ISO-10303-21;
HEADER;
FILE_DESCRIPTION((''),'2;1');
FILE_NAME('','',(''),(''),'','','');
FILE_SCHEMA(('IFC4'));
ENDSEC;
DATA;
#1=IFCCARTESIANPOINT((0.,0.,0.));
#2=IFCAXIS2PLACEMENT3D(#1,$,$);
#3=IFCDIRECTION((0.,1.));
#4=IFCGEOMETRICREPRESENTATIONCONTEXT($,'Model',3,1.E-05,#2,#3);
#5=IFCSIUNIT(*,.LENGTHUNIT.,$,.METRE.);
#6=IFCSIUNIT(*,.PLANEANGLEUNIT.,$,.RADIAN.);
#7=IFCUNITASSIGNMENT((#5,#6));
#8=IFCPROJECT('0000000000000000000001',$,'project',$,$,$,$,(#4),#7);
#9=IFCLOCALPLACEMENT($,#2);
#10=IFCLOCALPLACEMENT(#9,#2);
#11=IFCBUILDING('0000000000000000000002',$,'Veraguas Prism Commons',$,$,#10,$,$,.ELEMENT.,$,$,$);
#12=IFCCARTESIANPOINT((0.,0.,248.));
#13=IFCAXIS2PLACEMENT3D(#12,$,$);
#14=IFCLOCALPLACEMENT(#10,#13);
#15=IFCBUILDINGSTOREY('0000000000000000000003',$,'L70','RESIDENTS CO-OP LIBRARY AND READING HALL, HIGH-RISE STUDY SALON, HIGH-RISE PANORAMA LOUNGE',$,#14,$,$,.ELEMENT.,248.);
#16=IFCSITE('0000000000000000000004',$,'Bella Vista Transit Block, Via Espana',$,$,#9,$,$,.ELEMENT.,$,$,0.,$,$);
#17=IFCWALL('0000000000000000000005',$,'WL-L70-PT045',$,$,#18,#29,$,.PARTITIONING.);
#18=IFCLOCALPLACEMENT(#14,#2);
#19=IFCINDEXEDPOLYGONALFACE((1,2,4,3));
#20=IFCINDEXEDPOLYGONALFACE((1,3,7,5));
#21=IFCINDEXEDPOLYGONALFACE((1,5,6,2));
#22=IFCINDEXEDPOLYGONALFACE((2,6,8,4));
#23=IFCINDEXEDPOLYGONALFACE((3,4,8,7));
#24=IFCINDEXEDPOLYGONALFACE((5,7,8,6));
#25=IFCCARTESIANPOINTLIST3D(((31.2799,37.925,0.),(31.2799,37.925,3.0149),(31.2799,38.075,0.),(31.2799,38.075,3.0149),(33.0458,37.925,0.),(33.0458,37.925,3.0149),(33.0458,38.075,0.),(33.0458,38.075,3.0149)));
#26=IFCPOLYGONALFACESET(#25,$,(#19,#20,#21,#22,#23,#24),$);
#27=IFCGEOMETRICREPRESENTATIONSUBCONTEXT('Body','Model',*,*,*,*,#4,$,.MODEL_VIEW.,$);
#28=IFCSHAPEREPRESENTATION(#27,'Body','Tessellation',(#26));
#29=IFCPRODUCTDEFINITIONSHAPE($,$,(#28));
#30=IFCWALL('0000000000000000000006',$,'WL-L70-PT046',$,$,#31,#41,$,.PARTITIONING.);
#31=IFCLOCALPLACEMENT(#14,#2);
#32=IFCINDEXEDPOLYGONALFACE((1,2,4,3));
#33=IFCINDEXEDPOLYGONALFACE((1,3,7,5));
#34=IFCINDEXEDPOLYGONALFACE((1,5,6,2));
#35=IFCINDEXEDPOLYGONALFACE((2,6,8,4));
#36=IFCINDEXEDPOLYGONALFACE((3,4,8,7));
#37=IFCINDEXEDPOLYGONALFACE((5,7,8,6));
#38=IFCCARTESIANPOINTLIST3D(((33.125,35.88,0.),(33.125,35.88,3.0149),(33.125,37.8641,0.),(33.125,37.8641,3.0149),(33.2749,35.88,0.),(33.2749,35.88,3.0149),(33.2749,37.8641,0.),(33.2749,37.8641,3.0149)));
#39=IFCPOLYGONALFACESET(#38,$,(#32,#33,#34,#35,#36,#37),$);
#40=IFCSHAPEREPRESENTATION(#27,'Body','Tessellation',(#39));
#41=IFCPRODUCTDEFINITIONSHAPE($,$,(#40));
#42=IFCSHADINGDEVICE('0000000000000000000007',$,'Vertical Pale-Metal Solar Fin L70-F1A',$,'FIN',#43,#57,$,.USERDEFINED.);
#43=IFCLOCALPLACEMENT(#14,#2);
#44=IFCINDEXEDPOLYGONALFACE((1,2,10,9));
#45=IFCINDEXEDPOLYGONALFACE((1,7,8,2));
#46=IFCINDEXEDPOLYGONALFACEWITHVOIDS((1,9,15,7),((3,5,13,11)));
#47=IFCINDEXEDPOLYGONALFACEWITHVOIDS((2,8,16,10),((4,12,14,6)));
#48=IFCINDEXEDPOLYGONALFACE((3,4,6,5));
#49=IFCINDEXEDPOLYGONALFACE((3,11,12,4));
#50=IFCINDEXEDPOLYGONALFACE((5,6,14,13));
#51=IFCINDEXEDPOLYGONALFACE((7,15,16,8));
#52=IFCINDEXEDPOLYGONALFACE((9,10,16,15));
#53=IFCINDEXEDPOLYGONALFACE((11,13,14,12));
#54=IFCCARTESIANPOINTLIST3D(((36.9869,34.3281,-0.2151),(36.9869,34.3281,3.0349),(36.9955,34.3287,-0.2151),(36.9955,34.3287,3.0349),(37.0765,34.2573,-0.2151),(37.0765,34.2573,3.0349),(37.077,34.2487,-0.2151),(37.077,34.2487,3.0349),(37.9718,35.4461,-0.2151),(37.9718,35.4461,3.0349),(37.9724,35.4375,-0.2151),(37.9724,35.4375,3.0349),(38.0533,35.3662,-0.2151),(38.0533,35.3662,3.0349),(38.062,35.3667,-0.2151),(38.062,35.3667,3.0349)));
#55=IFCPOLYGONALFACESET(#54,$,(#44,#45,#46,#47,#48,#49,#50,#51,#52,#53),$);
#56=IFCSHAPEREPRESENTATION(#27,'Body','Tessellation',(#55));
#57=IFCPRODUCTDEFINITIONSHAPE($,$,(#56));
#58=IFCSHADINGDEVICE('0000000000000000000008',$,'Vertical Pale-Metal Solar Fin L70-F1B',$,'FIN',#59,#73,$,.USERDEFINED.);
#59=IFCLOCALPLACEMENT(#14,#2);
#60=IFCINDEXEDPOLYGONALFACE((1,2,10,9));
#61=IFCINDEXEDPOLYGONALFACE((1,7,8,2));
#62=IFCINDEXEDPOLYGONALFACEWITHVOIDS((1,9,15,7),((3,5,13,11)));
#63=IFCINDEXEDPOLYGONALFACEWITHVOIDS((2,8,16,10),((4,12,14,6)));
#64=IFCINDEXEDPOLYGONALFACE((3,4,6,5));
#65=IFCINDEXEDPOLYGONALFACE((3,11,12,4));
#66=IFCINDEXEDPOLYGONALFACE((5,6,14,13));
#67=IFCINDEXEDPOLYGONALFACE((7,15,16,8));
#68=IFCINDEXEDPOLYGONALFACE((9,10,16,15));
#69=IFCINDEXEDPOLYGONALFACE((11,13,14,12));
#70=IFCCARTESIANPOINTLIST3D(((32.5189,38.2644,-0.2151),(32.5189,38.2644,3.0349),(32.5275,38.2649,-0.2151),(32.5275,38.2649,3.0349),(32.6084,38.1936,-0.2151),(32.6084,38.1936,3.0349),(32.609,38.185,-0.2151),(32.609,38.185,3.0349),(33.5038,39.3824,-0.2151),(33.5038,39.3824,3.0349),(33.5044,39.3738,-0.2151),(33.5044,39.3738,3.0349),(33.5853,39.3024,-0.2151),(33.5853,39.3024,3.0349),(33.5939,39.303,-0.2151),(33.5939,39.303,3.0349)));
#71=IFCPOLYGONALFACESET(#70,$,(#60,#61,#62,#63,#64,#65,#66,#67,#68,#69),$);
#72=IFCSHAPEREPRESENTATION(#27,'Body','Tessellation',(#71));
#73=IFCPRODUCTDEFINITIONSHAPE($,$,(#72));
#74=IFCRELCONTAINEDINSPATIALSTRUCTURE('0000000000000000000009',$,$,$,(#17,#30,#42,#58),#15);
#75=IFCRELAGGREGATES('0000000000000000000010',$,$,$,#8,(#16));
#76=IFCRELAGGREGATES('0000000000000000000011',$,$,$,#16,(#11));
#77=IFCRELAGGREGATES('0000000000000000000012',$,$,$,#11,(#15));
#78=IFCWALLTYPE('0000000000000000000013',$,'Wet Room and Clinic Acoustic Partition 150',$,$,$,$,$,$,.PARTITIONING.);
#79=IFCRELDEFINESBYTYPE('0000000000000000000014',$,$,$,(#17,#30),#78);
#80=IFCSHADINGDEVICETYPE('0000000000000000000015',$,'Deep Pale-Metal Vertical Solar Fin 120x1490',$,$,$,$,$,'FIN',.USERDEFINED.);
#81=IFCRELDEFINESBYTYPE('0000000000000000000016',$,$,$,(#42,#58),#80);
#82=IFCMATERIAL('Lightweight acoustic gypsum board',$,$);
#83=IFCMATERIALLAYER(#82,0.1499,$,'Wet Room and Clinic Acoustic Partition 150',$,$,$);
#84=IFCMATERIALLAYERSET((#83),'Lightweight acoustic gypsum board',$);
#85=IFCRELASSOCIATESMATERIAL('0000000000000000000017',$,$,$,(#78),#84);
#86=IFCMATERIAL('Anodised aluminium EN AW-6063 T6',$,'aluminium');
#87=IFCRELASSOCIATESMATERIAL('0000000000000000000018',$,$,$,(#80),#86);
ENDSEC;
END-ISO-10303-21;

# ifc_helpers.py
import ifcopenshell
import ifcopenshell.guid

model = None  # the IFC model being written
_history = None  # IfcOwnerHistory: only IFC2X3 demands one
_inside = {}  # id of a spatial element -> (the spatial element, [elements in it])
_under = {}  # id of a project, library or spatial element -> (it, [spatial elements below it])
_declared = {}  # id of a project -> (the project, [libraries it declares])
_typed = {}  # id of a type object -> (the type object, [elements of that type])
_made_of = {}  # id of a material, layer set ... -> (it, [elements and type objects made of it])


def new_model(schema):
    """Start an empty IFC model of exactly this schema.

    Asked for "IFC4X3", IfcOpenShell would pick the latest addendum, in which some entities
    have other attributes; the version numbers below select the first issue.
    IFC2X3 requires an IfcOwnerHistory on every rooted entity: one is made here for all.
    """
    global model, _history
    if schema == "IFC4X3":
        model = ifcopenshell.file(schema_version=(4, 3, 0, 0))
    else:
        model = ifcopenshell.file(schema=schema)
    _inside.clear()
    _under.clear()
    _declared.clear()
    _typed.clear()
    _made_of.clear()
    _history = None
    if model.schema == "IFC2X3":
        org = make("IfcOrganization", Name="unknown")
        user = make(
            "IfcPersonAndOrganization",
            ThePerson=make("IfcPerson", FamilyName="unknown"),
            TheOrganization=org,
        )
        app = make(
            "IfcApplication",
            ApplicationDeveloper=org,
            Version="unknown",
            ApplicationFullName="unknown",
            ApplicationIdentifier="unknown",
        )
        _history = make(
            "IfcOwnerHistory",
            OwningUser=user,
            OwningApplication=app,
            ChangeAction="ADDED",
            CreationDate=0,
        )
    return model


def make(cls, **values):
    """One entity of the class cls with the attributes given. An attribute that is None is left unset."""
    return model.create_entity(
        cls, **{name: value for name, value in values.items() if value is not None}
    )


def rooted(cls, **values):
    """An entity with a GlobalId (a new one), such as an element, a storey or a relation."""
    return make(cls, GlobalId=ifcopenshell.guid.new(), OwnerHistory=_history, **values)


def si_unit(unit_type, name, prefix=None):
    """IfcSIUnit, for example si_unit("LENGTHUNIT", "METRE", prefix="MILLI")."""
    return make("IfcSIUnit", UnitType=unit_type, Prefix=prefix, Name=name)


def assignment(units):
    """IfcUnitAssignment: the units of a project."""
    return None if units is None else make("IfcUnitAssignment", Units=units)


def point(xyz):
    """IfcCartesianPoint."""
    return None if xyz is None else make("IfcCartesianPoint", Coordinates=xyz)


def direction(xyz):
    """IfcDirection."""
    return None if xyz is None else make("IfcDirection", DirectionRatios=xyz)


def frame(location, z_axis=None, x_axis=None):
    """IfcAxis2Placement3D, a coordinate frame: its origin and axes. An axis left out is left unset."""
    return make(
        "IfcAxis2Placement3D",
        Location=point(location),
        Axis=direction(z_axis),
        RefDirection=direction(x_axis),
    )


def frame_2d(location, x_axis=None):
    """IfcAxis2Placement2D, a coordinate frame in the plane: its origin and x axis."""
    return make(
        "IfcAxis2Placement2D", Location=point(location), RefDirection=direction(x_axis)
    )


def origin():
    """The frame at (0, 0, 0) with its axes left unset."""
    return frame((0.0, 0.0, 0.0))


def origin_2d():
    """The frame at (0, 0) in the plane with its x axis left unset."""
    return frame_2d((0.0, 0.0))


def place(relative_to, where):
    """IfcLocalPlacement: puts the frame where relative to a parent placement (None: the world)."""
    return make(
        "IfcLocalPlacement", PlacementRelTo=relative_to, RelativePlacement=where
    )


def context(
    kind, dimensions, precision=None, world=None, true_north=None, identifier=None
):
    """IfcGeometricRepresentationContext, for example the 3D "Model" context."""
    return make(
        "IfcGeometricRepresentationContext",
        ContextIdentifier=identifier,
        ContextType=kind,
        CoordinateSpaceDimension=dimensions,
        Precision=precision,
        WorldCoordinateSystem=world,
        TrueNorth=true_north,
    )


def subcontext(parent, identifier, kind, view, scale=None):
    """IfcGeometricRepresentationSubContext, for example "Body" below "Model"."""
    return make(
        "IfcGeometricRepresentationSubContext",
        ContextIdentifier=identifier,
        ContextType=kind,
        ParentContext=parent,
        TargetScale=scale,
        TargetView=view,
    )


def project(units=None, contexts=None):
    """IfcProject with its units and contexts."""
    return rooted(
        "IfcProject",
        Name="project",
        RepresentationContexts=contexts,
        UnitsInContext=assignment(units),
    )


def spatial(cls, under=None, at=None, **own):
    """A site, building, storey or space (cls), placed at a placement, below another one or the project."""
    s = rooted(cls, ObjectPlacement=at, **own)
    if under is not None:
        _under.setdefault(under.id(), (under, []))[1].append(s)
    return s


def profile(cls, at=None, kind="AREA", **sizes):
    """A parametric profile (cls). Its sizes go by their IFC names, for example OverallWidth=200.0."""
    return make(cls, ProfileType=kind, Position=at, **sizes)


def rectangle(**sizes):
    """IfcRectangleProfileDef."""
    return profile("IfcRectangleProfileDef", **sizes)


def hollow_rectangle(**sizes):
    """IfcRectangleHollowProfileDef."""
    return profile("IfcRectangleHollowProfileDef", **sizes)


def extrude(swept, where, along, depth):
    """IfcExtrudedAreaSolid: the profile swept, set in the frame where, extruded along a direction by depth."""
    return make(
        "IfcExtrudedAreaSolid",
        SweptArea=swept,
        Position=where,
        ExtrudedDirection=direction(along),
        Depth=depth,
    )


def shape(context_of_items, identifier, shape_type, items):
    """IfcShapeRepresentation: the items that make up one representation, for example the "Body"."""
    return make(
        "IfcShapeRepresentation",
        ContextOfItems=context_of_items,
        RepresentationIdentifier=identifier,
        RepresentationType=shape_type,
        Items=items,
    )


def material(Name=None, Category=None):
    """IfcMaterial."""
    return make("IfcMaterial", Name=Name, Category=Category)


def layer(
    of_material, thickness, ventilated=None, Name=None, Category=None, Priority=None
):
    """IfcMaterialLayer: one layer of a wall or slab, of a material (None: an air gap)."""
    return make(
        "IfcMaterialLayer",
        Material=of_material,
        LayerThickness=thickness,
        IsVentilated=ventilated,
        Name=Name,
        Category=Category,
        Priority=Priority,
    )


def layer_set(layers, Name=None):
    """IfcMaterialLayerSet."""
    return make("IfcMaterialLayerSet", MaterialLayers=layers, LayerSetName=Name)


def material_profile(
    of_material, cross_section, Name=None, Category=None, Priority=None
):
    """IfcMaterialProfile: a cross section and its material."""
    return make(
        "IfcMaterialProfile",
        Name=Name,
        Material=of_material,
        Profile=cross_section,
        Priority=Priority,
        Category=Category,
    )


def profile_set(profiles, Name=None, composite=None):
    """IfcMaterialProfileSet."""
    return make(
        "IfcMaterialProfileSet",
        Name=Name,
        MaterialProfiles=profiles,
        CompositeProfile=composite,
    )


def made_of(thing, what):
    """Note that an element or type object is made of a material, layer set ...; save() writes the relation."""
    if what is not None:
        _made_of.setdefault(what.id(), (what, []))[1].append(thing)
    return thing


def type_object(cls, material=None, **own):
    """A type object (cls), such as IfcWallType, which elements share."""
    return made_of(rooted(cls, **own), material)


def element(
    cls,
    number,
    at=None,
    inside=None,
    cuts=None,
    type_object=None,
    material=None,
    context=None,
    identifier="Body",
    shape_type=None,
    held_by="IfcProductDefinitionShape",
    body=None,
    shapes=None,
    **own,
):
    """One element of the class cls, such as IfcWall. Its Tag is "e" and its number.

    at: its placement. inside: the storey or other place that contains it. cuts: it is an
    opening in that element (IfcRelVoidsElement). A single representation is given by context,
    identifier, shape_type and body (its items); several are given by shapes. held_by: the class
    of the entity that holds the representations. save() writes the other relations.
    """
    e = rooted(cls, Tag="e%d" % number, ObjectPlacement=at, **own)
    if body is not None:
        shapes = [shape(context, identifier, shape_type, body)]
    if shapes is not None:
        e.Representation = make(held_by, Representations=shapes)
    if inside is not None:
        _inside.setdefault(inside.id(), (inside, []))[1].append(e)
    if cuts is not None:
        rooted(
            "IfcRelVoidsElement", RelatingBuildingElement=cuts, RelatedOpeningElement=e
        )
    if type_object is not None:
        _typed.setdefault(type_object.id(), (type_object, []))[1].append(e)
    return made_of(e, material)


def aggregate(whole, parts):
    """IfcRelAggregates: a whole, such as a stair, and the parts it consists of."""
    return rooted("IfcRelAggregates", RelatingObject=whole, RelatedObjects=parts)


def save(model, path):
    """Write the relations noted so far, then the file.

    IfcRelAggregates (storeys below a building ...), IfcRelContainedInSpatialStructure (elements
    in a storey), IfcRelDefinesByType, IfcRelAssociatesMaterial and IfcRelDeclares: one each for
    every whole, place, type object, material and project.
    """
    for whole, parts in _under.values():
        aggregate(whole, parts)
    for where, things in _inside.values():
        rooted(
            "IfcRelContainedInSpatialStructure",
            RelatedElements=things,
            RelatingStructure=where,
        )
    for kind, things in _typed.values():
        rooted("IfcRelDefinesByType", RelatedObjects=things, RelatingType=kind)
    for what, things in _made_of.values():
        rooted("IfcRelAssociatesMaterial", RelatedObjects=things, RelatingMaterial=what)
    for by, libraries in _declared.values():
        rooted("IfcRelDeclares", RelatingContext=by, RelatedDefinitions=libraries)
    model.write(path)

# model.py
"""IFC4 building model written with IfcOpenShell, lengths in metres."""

from ifc_helpers import new_model, si_unit, direction, frame, frame_2d, origin, origin_2d, place, context, subcontext, project, spatial, rectangle, hollow_rectangle, extrude, material, layer, layer_set, material_profile, profile_set, type_object, element, save


model = new_model("IFC4")

# Units and contexts
model_context = context("Model", 3, precision=1e-05, world=origin(), true_north=direction((0.0, 1.0)))
body_context = subcontext(model_context, "Body", "Model", "MODEL_VIEW")
ifc_project = project(units=[si_unit("LENGTHUNIT", "METRE"), si_unit("PLANEANGLEUNIT", "RADIAN")], contexts=[model_context])

# Site, building, storey
site_placement = place(None, origin())
site = spatial("IfcSite", under=ifc_project, at=site_placement, Name="Bella Vista Transit Block, Via Espana", CompositionType="ELEMENT", RefElevation=0.0)
building_placement = place(site_placement, origin())
building = spatial("IfcBuilding", under=site, at=building_placement, Name="Veraguas Prism Commons", CompositionType="ELEMENT")
storey_placement = place(building_placement, frame((0.0, 0.0, 248.0)))
storey = spatial("IfcBuildingStorey", under=building, at=storey_placement, Name="L70", Description="RESIDENTS CO-OP LIBRARY AND READING HALL, HIGH-RISE STUDY SALON, HIGH-RISE PANORAMA LOUNGE", CompositionType="ELEMENT", Elevation=248.0)

# Shared definitions
ifc_material_1 = material(Name="Anodised aluminium EN AW-6063 T6", Category="aluminium")

# Shared definitions
ifc_material_2 = material(Name="Lightweight acoustic gypsum board")

# Walls
ifc_layer_1 = layer(ifc_material_2, 0.1499, Name="Wet Room and Clinic Acoustic Partition 150")
ifc_layer_set_1 = layer_set([ifc_layer_1], Name="Lightweight acoustic gypsum board")
wall_type_1 = type_object("IfcWallType", Name="Wet Room and Clinic Acoustic Partition 150", PredefinedType="PARTITIONING", material=ifc_layer_set_1)
wall_1_placement = place(storey_placement, frame((31.28, 38.0, 0.0), z_axis=(0.0, 0.0, 1.0), x_axis=(1.0, 0.0, 0.0)))
element("IfcWall", 1, at=wall_1_placement, inside=storey, type_object=wall_type_1, Name="WL-L70-PT045", PredefinedType="PARTITIONING", context=body_context, shape_type="SweptSolid", body=[
    extrude(rectangle(XDim=1.7659, YDim=0.1499, at=frame_2d((0.8828, 0.0))), origin(), (0.0, 0.0, 1.0), 3.0149),
])
wall_2_placement = place(storey_placement, frame((33.2, 35.8799, 0.0), z_axis=(0.0, 0.0, 1.0), x_axis=(0.0, 1.0, 0.0)))
element("IfcWall", 2, at=wall_2_placement, inside=storey, type_object=wall_type_1, Name="WL-L70-PT046", PredefinedType="PARTITIONING", context=body_context, shape_type="SweptSolid", body=[
    extrude(rectangle(XDim=1.9841, YDim=0.1499, at=frame_2d((0.9922, 0.0))), origin(), (0.0, 0.0, 1.0), 3.0149),
])

# Shading devices
ifc_material_profile_1 = material_profile(ifc_material_1, hollow_rectangle(XDim=0.1201, YDim=1.49, WallThickness=0.0061, at=origin_2d()), Name="FIN120X1490X6")
ifc_profile_set_1 = profile_set([ifc_material_profile_1], Name="Anodised aluminium EN AW-6063 T6")
shading_device_type = type_object("IfcShadingDeviceType", Name="Deep Pale-Metal Vertical Solar Fin 120x1490", ElementType="FIN", PredefinedType="USERDEFINED", material=ifc_profile_set_1)
for number, where, z_axis, x_axis, name in (
    (3, (37.5244, 34.8474, -0.2151), (0.0, 0.0, 1.0), (-0.750344, 0.661047, 0.0), "Vertical Pale-Metal Solar Fin L70-F1A"),
    (4, (33.0564, 38.7837, -0.2151), (0.0, 0.0, 1.0), (-0.750344, 0.661047, 0.0), "Vertical Pale-Metal Solar Fin L70-F1B"),
):
    element("IfcShadingDevice", number, at=place(storey_placement, frame(where, z_axis=z_axis, x_axis=x_axis)), inside=storey, type_object=shading_device_type, Name=name, ObjectType="FIN", PredefinedType="USERDEFINED", context=body_context, shape_type="SweptSolid", body=[
        extrude(hollow_rectangle(XDim=0.1201, YDim=1.49, WallThickness=0.0061, at=origin_2d()), origin(), (0.0, 0.0, 1.0), 3.25),
    ])

save(model, "model.ifc")
